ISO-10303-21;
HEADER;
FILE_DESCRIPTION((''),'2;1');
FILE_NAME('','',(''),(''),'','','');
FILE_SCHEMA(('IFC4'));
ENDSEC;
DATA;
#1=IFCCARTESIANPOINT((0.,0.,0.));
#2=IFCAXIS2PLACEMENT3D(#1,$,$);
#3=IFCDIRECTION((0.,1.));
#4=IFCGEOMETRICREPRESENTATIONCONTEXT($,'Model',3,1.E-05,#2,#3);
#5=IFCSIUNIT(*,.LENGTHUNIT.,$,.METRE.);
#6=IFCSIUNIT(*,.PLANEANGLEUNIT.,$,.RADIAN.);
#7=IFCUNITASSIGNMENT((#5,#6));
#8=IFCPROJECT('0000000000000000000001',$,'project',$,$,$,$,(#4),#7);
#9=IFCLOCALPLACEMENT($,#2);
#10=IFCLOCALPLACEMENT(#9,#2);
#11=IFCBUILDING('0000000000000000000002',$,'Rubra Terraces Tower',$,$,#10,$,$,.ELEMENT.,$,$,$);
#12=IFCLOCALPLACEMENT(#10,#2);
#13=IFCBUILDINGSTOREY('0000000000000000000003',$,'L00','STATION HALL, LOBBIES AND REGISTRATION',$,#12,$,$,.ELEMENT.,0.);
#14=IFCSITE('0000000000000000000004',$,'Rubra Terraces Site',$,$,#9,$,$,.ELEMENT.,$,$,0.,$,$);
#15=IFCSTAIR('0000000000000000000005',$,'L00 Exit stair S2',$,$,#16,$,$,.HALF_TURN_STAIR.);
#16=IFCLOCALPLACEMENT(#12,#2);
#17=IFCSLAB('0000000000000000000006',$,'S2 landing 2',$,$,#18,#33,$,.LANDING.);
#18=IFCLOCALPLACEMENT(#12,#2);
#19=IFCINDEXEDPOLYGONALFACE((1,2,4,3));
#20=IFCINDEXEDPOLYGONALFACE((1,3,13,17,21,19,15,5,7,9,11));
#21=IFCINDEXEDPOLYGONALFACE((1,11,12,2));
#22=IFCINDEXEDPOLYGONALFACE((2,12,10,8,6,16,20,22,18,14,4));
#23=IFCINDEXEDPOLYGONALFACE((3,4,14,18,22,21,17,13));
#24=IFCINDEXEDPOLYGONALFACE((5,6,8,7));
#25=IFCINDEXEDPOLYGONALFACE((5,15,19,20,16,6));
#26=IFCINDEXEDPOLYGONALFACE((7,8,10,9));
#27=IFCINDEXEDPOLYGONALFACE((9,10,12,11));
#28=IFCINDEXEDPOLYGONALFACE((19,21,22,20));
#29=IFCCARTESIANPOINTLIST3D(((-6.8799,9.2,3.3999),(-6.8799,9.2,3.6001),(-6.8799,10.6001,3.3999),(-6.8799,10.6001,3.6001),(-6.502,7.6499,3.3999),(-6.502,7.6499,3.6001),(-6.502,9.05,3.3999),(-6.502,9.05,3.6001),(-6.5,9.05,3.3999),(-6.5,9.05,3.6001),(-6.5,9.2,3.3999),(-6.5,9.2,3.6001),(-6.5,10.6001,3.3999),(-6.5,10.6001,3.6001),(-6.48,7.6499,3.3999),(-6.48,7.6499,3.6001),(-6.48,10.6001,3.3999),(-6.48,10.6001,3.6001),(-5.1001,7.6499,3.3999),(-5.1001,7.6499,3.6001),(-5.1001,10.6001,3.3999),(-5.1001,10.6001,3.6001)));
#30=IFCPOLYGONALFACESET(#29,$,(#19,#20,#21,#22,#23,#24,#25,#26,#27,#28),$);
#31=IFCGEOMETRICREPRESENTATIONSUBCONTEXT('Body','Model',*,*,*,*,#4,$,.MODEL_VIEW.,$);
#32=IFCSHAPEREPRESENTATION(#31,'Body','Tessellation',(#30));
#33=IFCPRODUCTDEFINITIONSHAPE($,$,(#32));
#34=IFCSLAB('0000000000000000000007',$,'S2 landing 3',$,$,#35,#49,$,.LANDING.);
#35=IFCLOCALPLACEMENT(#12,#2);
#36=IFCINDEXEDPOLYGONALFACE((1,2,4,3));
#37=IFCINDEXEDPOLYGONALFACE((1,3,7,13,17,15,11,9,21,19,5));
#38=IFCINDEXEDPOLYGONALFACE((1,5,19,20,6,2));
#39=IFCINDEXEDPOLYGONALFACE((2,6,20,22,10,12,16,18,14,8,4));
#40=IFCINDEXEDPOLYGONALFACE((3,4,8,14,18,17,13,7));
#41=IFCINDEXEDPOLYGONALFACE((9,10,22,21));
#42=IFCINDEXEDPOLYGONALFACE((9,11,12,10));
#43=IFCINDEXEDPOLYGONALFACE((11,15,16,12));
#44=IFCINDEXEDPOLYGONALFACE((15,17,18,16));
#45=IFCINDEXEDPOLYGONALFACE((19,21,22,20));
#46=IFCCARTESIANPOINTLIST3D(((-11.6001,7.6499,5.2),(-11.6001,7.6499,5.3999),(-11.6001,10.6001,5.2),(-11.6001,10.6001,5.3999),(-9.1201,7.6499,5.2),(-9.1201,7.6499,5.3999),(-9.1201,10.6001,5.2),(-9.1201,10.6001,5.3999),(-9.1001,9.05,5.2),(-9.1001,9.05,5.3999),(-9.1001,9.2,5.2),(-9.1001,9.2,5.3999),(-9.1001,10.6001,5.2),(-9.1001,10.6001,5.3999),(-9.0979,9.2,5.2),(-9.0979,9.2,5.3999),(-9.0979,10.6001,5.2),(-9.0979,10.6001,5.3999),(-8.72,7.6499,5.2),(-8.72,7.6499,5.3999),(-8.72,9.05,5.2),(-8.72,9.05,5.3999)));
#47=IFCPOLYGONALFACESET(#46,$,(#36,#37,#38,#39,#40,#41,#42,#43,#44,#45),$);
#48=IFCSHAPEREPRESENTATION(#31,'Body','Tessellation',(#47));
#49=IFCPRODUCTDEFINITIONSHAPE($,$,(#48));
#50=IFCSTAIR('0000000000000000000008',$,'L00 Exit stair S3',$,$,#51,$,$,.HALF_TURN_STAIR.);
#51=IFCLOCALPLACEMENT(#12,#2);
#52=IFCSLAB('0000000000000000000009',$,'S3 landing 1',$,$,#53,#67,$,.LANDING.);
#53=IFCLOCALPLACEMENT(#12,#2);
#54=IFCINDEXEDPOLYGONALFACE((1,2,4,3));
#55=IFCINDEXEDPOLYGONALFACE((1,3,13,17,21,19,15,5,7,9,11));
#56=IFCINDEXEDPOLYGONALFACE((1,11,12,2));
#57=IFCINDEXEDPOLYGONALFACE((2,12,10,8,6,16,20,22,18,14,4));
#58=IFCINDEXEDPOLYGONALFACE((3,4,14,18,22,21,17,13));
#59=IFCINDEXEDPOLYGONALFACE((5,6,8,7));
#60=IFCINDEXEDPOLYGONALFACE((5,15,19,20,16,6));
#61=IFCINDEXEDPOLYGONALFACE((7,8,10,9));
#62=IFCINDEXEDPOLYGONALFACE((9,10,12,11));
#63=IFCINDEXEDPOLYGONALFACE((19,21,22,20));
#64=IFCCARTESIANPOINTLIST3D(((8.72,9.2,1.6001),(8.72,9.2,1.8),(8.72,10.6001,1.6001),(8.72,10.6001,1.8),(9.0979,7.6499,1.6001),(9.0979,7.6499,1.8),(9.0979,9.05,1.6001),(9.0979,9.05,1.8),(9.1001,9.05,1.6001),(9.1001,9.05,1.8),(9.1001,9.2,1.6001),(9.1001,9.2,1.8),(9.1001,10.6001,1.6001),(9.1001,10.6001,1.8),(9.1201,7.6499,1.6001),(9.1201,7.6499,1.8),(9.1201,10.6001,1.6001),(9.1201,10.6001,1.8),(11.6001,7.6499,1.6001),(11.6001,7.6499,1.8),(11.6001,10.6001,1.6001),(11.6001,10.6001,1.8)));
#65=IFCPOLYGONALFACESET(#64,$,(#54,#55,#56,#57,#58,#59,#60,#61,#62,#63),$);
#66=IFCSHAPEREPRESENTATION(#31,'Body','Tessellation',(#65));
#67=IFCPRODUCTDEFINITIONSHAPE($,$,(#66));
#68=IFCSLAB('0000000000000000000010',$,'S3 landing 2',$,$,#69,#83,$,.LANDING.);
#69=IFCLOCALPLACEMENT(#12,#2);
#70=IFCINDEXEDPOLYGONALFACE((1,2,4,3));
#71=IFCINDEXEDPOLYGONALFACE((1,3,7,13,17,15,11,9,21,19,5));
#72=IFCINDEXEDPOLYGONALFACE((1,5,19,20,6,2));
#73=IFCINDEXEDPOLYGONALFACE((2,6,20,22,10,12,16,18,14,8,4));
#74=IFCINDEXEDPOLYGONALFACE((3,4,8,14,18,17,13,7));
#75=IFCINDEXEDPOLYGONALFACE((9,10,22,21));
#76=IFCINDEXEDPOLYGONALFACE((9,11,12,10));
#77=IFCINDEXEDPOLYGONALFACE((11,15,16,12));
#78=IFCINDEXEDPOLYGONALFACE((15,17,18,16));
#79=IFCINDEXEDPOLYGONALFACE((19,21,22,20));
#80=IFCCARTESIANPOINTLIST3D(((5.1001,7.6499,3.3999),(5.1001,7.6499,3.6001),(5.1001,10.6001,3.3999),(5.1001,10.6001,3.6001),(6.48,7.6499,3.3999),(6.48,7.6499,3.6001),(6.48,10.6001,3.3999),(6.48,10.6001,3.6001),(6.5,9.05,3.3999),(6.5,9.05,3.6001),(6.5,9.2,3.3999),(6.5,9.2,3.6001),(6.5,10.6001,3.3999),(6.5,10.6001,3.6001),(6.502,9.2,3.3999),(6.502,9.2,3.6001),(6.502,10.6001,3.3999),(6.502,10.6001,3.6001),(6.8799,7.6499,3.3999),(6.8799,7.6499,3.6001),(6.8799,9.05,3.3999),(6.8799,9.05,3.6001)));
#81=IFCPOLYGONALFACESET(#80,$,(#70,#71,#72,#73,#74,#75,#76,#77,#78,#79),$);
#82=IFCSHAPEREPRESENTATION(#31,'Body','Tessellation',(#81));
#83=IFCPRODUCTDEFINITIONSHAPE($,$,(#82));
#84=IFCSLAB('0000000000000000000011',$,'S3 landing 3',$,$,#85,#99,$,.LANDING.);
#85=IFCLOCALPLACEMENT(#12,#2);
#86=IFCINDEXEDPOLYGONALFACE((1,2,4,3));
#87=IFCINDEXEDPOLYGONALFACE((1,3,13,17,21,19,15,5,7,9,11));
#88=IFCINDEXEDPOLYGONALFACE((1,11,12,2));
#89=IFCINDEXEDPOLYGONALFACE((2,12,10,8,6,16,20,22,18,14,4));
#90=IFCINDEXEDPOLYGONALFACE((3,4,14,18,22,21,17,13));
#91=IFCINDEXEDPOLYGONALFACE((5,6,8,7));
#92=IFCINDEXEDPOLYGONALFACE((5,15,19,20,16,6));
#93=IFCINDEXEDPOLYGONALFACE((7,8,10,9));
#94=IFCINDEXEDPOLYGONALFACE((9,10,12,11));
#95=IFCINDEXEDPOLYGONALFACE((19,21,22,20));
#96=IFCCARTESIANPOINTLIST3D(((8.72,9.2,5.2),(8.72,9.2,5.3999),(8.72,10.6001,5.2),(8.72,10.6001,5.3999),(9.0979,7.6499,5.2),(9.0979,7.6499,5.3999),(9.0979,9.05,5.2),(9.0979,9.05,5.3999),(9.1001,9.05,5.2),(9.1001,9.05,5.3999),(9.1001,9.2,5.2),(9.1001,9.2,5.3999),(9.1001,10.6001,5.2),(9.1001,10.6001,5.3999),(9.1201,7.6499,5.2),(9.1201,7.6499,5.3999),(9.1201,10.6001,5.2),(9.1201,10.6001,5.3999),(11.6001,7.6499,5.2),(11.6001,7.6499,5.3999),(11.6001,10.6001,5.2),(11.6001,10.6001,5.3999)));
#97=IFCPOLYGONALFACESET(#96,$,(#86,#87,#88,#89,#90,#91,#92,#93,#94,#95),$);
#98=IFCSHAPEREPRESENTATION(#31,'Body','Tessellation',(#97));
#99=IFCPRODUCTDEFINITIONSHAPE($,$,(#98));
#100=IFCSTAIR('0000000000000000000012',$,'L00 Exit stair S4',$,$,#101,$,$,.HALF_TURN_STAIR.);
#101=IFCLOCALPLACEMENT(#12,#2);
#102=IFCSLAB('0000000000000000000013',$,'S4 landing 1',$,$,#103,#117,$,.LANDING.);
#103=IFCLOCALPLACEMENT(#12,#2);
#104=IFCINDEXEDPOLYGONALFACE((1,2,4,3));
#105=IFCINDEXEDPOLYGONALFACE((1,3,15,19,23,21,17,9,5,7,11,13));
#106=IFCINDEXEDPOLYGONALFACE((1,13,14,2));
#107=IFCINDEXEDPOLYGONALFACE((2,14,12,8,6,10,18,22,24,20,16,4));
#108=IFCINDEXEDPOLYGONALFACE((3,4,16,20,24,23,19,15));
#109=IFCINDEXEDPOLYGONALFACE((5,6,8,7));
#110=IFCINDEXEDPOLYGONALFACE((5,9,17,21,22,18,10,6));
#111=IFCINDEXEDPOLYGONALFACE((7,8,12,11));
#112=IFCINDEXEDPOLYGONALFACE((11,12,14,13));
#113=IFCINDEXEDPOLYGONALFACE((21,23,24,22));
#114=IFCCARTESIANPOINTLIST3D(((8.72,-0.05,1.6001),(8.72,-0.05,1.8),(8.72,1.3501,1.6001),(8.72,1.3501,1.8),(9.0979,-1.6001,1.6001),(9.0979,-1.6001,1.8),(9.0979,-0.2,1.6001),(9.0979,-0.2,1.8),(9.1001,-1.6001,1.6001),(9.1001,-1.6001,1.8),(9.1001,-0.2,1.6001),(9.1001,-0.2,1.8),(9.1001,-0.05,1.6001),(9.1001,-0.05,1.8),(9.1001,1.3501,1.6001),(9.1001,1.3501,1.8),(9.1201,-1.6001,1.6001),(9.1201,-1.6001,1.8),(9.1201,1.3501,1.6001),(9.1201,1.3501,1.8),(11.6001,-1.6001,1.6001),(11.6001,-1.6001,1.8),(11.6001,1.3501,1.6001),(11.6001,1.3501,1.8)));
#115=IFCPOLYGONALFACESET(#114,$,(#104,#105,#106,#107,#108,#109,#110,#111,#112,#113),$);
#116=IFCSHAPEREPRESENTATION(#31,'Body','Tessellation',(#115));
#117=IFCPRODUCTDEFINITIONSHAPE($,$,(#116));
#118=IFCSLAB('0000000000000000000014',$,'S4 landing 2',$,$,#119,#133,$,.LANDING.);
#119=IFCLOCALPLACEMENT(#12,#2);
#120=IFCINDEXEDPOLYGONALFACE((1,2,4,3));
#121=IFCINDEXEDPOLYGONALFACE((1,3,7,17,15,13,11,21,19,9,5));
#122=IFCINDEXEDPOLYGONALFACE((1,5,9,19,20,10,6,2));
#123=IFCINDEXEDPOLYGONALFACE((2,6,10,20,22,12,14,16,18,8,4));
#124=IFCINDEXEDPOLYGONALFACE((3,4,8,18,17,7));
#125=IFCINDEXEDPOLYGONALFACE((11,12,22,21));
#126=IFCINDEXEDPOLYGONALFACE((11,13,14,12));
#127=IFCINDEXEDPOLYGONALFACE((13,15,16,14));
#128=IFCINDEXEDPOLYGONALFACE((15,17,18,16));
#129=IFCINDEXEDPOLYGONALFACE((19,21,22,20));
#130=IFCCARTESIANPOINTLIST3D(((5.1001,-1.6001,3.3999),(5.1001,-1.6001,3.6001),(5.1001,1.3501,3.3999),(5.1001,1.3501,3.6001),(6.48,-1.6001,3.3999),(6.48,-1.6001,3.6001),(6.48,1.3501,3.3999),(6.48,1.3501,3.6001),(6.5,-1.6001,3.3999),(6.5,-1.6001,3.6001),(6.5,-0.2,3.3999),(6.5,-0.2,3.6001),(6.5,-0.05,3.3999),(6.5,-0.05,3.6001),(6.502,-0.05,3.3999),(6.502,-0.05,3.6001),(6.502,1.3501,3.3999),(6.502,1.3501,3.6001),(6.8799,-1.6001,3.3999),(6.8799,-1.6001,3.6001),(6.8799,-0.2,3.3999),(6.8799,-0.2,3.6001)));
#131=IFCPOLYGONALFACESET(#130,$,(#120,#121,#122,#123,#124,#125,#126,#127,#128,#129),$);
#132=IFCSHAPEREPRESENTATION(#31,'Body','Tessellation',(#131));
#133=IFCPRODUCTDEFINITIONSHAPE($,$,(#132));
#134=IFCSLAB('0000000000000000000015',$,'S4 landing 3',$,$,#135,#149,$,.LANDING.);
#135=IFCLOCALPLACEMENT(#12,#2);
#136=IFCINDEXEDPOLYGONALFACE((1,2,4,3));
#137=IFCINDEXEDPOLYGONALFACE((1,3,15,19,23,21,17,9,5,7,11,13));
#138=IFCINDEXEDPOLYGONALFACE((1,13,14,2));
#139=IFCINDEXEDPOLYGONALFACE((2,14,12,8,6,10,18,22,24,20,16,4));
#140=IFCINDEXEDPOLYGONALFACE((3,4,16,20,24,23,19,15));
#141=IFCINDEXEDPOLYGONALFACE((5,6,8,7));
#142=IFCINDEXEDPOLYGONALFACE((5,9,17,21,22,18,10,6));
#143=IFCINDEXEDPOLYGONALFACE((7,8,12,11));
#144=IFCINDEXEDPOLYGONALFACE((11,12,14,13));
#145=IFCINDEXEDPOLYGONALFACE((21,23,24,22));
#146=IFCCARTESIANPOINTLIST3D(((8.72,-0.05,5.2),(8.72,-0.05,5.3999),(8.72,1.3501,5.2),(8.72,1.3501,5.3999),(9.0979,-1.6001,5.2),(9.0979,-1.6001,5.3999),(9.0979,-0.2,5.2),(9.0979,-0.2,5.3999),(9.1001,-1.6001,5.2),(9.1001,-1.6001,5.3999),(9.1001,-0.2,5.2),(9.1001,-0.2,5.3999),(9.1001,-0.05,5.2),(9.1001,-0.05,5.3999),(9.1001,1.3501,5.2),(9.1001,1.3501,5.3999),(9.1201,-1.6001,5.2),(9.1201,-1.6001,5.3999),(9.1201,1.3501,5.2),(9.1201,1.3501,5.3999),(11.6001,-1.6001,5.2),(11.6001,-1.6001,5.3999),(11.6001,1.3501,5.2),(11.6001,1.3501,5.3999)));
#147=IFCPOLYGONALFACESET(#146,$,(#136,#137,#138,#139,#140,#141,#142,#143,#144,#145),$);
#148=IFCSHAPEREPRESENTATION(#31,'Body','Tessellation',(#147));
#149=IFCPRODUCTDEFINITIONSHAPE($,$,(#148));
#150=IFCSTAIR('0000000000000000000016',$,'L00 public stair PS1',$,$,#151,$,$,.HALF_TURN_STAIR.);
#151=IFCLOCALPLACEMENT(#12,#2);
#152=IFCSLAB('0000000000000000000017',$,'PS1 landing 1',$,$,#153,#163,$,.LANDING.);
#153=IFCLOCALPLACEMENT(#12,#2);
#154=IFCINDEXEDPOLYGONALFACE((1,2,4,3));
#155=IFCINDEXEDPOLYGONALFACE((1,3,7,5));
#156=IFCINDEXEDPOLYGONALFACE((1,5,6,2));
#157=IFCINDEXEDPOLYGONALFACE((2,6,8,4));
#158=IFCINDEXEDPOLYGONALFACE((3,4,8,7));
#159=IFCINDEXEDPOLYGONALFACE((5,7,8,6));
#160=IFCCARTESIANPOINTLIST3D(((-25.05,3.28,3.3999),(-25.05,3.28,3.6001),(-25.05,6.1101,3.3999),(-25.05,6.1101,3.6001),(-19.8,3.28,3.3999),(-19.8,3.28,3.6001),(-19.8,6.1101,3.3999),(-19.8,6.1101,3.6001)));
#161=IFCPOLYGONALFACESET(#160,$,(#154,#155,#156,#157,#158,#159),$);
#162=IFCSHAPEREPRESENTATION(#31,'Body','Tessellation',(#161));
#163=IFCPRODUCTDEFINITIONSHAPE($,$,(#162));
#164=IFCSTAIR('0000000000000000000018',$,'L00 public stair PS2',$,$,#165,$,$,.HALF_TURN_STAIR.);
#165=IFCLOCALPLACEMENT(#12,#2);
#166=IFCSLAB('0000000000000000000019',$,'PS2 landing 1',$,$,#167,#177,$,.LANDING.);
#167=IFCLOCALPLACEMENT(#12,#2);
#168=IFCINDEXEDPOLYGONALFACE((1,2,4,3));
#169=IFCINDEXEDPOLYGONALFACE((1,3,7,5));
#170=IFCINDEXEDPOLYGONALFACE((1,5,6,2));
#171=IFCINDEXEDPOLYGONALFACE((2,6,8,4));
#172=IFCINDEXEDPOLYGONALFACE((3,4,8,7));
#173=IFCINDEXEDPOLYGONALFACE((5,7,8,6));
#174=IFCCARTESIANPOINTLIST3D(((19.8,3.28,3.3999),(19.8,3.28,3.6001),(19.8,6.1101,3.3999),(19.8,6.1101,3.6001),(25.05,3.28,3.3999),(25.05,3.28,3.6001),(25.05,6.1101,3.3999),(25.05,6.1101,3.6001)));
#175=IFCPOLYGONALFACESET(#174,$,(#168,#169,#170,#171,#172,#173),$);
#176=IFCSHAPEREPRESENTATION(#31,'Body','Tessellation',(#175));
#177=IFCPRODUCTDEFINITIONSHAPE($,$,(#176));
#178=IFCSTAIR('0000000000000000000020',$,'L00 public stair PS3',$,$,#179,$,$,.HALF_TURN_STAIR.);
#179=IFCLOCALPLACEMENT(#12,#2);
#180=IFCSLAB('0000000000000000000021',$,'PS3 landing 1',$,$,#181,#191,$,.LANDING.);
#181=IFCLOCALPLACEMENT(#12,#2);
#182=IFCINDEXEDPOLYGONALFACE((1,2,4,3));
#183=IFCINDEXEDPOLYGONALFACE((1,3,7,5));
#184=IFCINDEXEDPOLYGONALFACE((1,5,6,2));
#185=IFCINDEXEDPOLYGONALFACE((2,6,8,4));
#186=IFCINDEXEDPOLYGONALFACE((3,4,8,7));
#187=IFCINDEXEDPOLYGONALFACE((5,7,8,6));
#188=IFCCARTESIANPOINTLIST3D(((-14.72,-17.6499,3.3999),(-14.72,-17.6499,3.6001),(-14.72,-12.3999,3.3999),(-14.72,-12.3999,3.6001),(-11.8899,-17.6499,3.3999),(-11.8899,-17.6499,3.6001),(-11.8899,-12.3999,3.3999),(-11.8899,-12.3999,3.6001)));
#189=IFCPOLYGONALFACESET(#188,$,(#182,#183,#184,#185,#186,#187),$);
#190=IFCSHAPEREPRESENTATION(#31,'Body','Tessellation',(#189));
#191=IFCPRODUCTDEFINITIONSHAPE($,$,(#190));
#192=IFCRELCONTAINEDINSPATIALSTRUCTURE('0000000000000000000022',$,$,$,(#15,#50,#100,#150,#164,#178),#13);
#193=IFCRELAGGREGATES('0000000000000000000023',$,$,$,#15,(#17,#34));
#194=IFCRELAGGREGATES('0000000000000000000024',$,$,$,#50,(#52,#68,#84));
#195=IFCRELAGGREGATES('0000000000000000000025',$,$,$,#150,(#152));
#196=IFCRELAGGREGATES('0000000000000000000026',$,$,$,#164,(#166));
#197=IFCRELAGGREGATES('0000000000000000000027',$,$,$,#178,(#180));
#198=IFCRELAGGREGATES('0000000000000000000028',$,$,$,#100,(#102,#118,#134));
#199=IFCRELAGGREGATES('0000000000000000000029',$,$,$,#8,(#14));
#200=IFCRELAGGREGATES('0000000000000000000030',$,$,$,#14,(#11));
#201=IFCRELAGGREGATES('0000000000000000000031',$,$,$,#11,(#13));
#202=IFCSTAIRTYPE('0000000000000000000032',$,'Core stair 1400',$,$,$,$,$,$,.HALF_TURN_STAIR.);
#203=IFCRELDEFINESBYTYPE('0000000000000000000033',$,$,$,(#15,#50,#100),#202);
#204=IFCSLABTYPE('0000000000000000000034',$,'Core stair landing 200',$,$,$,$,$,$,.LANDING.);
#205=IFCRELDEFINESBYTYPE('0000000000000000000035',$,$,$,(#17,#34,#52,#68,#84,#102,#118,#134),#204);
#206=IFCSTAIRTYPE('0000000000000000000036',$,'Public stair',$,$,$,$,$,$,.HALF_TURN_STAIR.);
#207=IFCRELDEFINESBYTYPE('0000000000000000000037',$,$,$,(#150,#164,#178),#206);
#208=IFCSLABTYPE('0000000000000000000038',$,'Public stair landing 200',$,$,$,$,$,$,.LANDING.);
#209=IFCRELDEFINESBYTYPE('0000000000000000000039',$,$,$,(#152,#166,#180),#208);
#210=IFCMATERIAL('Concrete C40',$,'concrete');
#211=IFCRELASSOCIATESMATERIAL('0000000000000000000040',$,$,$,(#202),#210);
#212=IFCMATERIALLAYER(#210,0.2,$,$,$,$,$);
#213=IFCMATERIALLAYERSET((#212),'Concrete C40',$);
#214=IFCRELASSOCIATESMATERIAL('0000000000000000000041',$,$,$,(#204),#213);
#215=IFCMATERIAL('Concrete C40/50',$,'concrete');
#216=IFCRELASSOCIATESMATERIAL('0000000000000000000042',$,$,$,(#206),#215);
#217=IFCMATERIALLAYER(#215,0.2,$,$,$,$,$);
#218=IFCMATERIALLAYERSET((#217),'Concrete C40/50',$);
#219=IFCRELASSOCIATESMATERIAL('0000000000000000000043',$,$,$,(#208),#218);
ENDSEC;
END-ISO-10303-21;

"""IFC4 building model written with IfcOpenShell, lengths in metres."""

from ifc_helpers import new_model, si_unit, direction, frame, origin, place, context, subcontext, project, spatial, polyline, outline, extrude, material, layer, layer_set, type_object, element, aggregate, save


model = new_model("IFC4")

# Units and contexts
model_context = context("Model", 3, precision=1e-05, world=origin(), true_north=direction((0.0, 1.0)))
body_context = subcontext(model_context, "Body", "Model", "MODEL_VIEW")
ifc_project = project(units=[si_unit("LENGTHUNIT", "METRE"), si_unit("PLANEANGLEUNIT", "RADIAN")], contexts=[model_context])

# Site, building, storey
site_placement = place(None, origin())
site = spatial("IfcSite", under=ifc_project, at=site_placement, Name="Rubra Terraces Site", CompositionType="ELEMENT", RefElevation=0.0)
building_placement = place(site_placement, origin())
building = spatial("IfcBuilding", under=site, at=building_placement, Name="Rubra Terraces Tower", CompositionType="ELEMENT")
storey_placement = place(building_placement, origin())
storey = spatial("IfcBuildingStorey", under=building, at=storey_placement, Name="L00", Description="STATION HALL, LOBBIES AND REGISTRATION", CompositionType="ELEMENT", Elevation=0.0)

# Stairs, slabs
ifc_material_1 = material(Name="Concrete C40", Category="concrete")
stair_type_1 = type_object("IfcStairType", Name="Core stair 1400", PredefinedType="HALF_TURN_STAIR", material=ifc_material_1)
stair_1_placement = place(storey_placement, origin())
stair_1 = element("IfcStair", 1, at=stair_1_placement, inside=storey, type_object=stair_type_1, Name="L00 Exit stair S2", PredefinedType="HALF_TURN_STAIR")
ifc_layer_1 = layer(ifc_material_1, 0.2)
ifc_layer_set_1 = layer_set([ifc_layer_1], Name="Concrete C40")
slab_type_1 = type_object("IfcSlabType", Name="Core stair landing 200", PredefinedType="LANDING", material=ifc_layer_set_1)
slab_1_placement = place(storey_placement, frame((0.0, 0.0, 3.3999)))
slab_1 = element("IfcSlab", 2, at=slab_1_placement, type_object=slab_type_1, Name="S2 landing 2", PredefinedType="LANDING", context=body_context, shape_type="SweptSolid", body=[
    extrude(outline(polyline([(-6.5, 9.05), (-6.5, 9.2), (-6.8799, 9.2), (-6.8799, 10.6001), (-6.5, 10.6001), (-6.48, 10.6001), (-5.1001, 10.6001), (-5.1001, 7.6499), (-6.48, 7.6499), (-6.502, 7.6499), (-6.502, 9.05), (-6.5, 9.05)])), origin(), (0.0, 0.0, 1.0), 0.2002),
])
slab_2_placement = place(storey_placement, frame((0.0, 0.0, 5.2)))
slab_2 = element("IfcSlab", 3, at=slab_2_placement, type_object=slab_type_1, Name="S2 landing 3", PredefinedType="LANDING", context=body_context, shape_type="SweptSolid", body=[
    extrude(outline(polyline([(-8.72, 9.05), (-8.72, 7.6499), (-9.1201, 7.6499), (-11.6001, 7.6499), (-11.6001, 10.6001), (-9.1201, 10.6001), (-9.1001, 10.6001), (-9.0979, 10.6001), (-9.0979, 9.2), (-9.1001, 9.2), (-9.1001, 9.05), (-8.72, 9.05)])), origin(), (0.0, 0.0, 1.0), 0.2),
])
aggregate(stair_1, [slab_1, slab_2])
stair_2_placement = place(storey_placement, origin())
stair_2 = element("IfcStair", 4, at=stair_2_placement, inside=storey, type_object=stair_type_1, Name="L00 Exit stair S3", PredefinedType="HALF_TURN_STAIR")
slab_3_placement = place(storey_placement, frame((0.0, 0.0, 1.6001)))
slab_3 = element("IfcSlab", 5, at=slab_3_placement, type_object=slab_type_1, Name="S3 landing 1", PredefinedType="LANDING", context=body_context, shape_type="SweptSolid", body=[
    extrude(outline(polyline([(9.1001, 9.05), (9.1001, 9.2), (8.72, 9.2), (8.72, 10.6001), (9.1001, 10.6001), (9.1201, 10.6001), (11.6001, 10.6001), (11.6001, 7.6499), (9.1201, 7.6499), (9.0979, 7.6499), (9.0979, 9.05), (9.1001, 9.05)])), origin(), (0.0, 0.0, 1.0), 0.2),
])
slab_4_placement = place(storey_placement, frame((0.0, 0.0, 3.3999)))
slab_4 = element("IfcSlab", 6, at=slab_4_placement, type_object=slab_type_1, Name="S3 landing 2", PredefinedType="LANDING", context=body_context, shape_type="SweptSolid", body=[
    extrude(outline(polyline([(6.8799, 9.05), (6.8799, 7.6499), (6.48, 7.6499), (5.1001, 7.6499), (5.1001, 10.6001), (6.48, 10.6001), (6.5, 10.6001), (6.502, 10.6001), (6.502, 9.2), (6.5, 9.2), (6.5, 9.05), (6.8799, 9.05)])), origin(), (0.0, 0.0, 1.0), 0.2002),
])
slab_5_placement = place(storey_placement, frame((0.0, 0.0, 5.2)))
slab_5 = element("IfcSlab", 7, at=slab_5_placement, type_object=slab_type_1, Name="S3 landing 3", PredefinedType="LANDING", context=body_context, shape_type="SweptSolid", body=[
    extrude(outline(polyline([(9.1001, 9.05), (9.1001, 9.2), (8.72, 9.2), (8.72, 10.6001), (9.1001, 10.6001), (9.1201, 10.6001), (11.6001, 10.6001), (11.6001, 7.6499), (9.1201, 7.6499), (9.0979, 7.6499), (9.0979, 9.05), (9.1001, 9.05)])), origin(), (0.0, 0.0, 1.0), 0.2),
])
aggregate(stair_2, [slab_3, slab_4, slab_5])
stair_3_placement = place(storey_placement, origin())
stair_3 = element("IfcStair", 8, at=stair_3_placement, inside=storey, type_object=stair_type_1, Name="L00 Exit stair S4", PredefinedType="HALF_TURN_STAIR")
slab_6_placement = place(storey_placement, frame((0.0, 0.0, 1.6001)))
slab_6 = element("IfcSlab", 9, at=slab_6_placement, type_object=slab_type_1, Name="S4 landing 1", PredefinedType="LANDING", context=body_context, shape_type="SweptSolid", body=[
    extrude(outline(polyline([(9.1001, -0.2), (9.1001, -0.05), (8.72, -0.05), (8.72, 1.3501), (9.1001, 1.3501), (9.1201, 1.3501), (11.6001, 1.3501), (11.6001, -1.6001), (9.1201, -1.6001), (9.1001, -1.6001), (9.0979, -1.6001), (9.0979, -0.2), (9.1001, -0.2)])), origin(), (0.0, 0.0, 1.0), 0.2),
])
slab_7_placement = place(storey_placement, frame((0.0, 0.0, 3.3999)))
slab_7 = element("IfcSlab", 10, at=slab_7_placement, type_object=slab_type_1, Name="S4 landing 2", PredefinedType="LANDING", context=body_context, shape_type="SweptSolid", body=[
    extrude(outline(polyline([(6.8799, -0.2), (6.8799, -1.6001), (6.5, -1.6001), (6.48, -1.6001), (5.1001, -1.6001), (5.1001, 1.3501), (6.48, 1.3501), (6.502, 1.3501), (6.502, -0.05), (6.5, -0.05), (6.5, -0.2), (6.8799, -0.2)])), origin(), (0.0, 0.0, 1.0), 0.2002),
])
slab_8_placement = place(storey_placement, frame((0.0, 0.0, 5.2)))
slab_8 = element("IfcSlab", 11, at=slab_8_placement, type_object=slab_type_1, Name="S4 landing 3", PredefinedType="LANDING", context=body_context, shape_type="SweptSolid", body=[
    extrude(outline(polyline([(9.1001, -0.2), (9.1001, -0.05), (8.72, -0.05), (8.72, 1.3501), (9.1001, 1.3501), (9.1201, 1.3501), (11.6001, 1.3501), (11.6001, -1.6001), (9.1201, -1.6001), (9.1001, -1.6001), (9.0979, -1.6001), (9.0979, -0.2), (9.1001, -0.2)])), origin(), (0.0, 0.0, 1.0), 0.2),
])

# Stairs, slabs
ifc_material_2 = material(Name="Concrete C40/50", Category="concrete")
stair_type_2 = type_object("IfcStairType", Name="Public stair", PredefinedType="HALF_TURN_STAIR", material=ifc_material_2)
stair_4_placement = place(storey_placement, origin())
stair_4 = element("IfcStair", 12, at=stair_4_placement, inside=storey, type_object=stair_type_2, Name="L00 public stair PS1", PredefinedType="HALF_TURN_STAIR")
ifc_layer_2 = layer(ifc_material_2, 0.2)
ifc_layer_set_2 = layer_set([ifc_layer_2], Name="Concrete C40/50")
slab_type_2 = type_object("IfcSlabType", Name="Public stair landing 200", PredefinedType="LANDING", material=ifc_layer_set_2)
slab_9_placement = place(storey_placement, frame((0.0, 0.0, 3.3999)))
slab_9 = element("IfcSlab", 13, at=slab_9_placement, type_object=slab_type_2, Name="PS1 landing 1", PredefinedType="LANDING", context=body_context, shape_type="SweptSolid", body=[
    extrude(outline(polyline([(-25.05, 3.28), (-19.8, 3.28), (-19.8, 6.1101), (-25.05, 6.1101), (-25.05, 3.28)])), origin(), (0.0, 0.0, 1.0), 0.2002),
])
aggregate(stair_4, [slab_9])
stair_5_placement = place(storey_placement, origin())
stair_5 = element("IfcStair", 14, at=stair_5_placement, inside=storey, type_object=stair_type_2, Name="L00 public stair PS2", PredefinedType="HALF_TURN_STAIR")
slab_10_placement = place(storey_placement, frame((0.0, 0.0, 3.3999)))
slab_10 = element("IfcSlab", 15, at=slab_10_placement, type_object=slab_type_2, Name="PS2 landing 1", PredefinedType="LANDING", context=body_context, shape_type="SweptSolid", body=[
    extrude(outline(polyline([(19.8, 3.28), (25.05, 3.28), (25.05, 6.1101), (19.8, 6.1101), (19.8, 3.28)])), origin(), (0.0, 0.0, 1.0), 0.2002),
])
aggregate(stair_5, [slab_10])
stair_6_placement = place(storey_placement, origin())
stair_6 = element("IfcStair", 16, at=stair_6_placement, inside=storey, type_object=stair_type_2, Name="L00 public stair PS3", PredefinedType="HALF_TURN_STAIR")
slab_11_placement = place(storey_placement, frame((0.0, 0.0, 3.3999)))
slab_11 = element("IfcSlab", 17, at=slab_11_placement, type_object=slab_type_2, Name="PS3 landing 1", PredefinedType="LANDING", context=body_context, shape_type="SweptSolid", body=[
    extrude(outline(polyline([(-14.72, -17.6499), (-11.8899, -17.6499), (-11.8899, -12.3999), (-14.72, -12.3999), (-14.72, -17.6499)])), origin(), (0.0, 0.0, 1.0), 0.2002),
])
aggregate(stair_6, [slab_11])

aggregate(stair_3, [slab_6, slab_7, slab_8])

save(model, "model.ifc")
